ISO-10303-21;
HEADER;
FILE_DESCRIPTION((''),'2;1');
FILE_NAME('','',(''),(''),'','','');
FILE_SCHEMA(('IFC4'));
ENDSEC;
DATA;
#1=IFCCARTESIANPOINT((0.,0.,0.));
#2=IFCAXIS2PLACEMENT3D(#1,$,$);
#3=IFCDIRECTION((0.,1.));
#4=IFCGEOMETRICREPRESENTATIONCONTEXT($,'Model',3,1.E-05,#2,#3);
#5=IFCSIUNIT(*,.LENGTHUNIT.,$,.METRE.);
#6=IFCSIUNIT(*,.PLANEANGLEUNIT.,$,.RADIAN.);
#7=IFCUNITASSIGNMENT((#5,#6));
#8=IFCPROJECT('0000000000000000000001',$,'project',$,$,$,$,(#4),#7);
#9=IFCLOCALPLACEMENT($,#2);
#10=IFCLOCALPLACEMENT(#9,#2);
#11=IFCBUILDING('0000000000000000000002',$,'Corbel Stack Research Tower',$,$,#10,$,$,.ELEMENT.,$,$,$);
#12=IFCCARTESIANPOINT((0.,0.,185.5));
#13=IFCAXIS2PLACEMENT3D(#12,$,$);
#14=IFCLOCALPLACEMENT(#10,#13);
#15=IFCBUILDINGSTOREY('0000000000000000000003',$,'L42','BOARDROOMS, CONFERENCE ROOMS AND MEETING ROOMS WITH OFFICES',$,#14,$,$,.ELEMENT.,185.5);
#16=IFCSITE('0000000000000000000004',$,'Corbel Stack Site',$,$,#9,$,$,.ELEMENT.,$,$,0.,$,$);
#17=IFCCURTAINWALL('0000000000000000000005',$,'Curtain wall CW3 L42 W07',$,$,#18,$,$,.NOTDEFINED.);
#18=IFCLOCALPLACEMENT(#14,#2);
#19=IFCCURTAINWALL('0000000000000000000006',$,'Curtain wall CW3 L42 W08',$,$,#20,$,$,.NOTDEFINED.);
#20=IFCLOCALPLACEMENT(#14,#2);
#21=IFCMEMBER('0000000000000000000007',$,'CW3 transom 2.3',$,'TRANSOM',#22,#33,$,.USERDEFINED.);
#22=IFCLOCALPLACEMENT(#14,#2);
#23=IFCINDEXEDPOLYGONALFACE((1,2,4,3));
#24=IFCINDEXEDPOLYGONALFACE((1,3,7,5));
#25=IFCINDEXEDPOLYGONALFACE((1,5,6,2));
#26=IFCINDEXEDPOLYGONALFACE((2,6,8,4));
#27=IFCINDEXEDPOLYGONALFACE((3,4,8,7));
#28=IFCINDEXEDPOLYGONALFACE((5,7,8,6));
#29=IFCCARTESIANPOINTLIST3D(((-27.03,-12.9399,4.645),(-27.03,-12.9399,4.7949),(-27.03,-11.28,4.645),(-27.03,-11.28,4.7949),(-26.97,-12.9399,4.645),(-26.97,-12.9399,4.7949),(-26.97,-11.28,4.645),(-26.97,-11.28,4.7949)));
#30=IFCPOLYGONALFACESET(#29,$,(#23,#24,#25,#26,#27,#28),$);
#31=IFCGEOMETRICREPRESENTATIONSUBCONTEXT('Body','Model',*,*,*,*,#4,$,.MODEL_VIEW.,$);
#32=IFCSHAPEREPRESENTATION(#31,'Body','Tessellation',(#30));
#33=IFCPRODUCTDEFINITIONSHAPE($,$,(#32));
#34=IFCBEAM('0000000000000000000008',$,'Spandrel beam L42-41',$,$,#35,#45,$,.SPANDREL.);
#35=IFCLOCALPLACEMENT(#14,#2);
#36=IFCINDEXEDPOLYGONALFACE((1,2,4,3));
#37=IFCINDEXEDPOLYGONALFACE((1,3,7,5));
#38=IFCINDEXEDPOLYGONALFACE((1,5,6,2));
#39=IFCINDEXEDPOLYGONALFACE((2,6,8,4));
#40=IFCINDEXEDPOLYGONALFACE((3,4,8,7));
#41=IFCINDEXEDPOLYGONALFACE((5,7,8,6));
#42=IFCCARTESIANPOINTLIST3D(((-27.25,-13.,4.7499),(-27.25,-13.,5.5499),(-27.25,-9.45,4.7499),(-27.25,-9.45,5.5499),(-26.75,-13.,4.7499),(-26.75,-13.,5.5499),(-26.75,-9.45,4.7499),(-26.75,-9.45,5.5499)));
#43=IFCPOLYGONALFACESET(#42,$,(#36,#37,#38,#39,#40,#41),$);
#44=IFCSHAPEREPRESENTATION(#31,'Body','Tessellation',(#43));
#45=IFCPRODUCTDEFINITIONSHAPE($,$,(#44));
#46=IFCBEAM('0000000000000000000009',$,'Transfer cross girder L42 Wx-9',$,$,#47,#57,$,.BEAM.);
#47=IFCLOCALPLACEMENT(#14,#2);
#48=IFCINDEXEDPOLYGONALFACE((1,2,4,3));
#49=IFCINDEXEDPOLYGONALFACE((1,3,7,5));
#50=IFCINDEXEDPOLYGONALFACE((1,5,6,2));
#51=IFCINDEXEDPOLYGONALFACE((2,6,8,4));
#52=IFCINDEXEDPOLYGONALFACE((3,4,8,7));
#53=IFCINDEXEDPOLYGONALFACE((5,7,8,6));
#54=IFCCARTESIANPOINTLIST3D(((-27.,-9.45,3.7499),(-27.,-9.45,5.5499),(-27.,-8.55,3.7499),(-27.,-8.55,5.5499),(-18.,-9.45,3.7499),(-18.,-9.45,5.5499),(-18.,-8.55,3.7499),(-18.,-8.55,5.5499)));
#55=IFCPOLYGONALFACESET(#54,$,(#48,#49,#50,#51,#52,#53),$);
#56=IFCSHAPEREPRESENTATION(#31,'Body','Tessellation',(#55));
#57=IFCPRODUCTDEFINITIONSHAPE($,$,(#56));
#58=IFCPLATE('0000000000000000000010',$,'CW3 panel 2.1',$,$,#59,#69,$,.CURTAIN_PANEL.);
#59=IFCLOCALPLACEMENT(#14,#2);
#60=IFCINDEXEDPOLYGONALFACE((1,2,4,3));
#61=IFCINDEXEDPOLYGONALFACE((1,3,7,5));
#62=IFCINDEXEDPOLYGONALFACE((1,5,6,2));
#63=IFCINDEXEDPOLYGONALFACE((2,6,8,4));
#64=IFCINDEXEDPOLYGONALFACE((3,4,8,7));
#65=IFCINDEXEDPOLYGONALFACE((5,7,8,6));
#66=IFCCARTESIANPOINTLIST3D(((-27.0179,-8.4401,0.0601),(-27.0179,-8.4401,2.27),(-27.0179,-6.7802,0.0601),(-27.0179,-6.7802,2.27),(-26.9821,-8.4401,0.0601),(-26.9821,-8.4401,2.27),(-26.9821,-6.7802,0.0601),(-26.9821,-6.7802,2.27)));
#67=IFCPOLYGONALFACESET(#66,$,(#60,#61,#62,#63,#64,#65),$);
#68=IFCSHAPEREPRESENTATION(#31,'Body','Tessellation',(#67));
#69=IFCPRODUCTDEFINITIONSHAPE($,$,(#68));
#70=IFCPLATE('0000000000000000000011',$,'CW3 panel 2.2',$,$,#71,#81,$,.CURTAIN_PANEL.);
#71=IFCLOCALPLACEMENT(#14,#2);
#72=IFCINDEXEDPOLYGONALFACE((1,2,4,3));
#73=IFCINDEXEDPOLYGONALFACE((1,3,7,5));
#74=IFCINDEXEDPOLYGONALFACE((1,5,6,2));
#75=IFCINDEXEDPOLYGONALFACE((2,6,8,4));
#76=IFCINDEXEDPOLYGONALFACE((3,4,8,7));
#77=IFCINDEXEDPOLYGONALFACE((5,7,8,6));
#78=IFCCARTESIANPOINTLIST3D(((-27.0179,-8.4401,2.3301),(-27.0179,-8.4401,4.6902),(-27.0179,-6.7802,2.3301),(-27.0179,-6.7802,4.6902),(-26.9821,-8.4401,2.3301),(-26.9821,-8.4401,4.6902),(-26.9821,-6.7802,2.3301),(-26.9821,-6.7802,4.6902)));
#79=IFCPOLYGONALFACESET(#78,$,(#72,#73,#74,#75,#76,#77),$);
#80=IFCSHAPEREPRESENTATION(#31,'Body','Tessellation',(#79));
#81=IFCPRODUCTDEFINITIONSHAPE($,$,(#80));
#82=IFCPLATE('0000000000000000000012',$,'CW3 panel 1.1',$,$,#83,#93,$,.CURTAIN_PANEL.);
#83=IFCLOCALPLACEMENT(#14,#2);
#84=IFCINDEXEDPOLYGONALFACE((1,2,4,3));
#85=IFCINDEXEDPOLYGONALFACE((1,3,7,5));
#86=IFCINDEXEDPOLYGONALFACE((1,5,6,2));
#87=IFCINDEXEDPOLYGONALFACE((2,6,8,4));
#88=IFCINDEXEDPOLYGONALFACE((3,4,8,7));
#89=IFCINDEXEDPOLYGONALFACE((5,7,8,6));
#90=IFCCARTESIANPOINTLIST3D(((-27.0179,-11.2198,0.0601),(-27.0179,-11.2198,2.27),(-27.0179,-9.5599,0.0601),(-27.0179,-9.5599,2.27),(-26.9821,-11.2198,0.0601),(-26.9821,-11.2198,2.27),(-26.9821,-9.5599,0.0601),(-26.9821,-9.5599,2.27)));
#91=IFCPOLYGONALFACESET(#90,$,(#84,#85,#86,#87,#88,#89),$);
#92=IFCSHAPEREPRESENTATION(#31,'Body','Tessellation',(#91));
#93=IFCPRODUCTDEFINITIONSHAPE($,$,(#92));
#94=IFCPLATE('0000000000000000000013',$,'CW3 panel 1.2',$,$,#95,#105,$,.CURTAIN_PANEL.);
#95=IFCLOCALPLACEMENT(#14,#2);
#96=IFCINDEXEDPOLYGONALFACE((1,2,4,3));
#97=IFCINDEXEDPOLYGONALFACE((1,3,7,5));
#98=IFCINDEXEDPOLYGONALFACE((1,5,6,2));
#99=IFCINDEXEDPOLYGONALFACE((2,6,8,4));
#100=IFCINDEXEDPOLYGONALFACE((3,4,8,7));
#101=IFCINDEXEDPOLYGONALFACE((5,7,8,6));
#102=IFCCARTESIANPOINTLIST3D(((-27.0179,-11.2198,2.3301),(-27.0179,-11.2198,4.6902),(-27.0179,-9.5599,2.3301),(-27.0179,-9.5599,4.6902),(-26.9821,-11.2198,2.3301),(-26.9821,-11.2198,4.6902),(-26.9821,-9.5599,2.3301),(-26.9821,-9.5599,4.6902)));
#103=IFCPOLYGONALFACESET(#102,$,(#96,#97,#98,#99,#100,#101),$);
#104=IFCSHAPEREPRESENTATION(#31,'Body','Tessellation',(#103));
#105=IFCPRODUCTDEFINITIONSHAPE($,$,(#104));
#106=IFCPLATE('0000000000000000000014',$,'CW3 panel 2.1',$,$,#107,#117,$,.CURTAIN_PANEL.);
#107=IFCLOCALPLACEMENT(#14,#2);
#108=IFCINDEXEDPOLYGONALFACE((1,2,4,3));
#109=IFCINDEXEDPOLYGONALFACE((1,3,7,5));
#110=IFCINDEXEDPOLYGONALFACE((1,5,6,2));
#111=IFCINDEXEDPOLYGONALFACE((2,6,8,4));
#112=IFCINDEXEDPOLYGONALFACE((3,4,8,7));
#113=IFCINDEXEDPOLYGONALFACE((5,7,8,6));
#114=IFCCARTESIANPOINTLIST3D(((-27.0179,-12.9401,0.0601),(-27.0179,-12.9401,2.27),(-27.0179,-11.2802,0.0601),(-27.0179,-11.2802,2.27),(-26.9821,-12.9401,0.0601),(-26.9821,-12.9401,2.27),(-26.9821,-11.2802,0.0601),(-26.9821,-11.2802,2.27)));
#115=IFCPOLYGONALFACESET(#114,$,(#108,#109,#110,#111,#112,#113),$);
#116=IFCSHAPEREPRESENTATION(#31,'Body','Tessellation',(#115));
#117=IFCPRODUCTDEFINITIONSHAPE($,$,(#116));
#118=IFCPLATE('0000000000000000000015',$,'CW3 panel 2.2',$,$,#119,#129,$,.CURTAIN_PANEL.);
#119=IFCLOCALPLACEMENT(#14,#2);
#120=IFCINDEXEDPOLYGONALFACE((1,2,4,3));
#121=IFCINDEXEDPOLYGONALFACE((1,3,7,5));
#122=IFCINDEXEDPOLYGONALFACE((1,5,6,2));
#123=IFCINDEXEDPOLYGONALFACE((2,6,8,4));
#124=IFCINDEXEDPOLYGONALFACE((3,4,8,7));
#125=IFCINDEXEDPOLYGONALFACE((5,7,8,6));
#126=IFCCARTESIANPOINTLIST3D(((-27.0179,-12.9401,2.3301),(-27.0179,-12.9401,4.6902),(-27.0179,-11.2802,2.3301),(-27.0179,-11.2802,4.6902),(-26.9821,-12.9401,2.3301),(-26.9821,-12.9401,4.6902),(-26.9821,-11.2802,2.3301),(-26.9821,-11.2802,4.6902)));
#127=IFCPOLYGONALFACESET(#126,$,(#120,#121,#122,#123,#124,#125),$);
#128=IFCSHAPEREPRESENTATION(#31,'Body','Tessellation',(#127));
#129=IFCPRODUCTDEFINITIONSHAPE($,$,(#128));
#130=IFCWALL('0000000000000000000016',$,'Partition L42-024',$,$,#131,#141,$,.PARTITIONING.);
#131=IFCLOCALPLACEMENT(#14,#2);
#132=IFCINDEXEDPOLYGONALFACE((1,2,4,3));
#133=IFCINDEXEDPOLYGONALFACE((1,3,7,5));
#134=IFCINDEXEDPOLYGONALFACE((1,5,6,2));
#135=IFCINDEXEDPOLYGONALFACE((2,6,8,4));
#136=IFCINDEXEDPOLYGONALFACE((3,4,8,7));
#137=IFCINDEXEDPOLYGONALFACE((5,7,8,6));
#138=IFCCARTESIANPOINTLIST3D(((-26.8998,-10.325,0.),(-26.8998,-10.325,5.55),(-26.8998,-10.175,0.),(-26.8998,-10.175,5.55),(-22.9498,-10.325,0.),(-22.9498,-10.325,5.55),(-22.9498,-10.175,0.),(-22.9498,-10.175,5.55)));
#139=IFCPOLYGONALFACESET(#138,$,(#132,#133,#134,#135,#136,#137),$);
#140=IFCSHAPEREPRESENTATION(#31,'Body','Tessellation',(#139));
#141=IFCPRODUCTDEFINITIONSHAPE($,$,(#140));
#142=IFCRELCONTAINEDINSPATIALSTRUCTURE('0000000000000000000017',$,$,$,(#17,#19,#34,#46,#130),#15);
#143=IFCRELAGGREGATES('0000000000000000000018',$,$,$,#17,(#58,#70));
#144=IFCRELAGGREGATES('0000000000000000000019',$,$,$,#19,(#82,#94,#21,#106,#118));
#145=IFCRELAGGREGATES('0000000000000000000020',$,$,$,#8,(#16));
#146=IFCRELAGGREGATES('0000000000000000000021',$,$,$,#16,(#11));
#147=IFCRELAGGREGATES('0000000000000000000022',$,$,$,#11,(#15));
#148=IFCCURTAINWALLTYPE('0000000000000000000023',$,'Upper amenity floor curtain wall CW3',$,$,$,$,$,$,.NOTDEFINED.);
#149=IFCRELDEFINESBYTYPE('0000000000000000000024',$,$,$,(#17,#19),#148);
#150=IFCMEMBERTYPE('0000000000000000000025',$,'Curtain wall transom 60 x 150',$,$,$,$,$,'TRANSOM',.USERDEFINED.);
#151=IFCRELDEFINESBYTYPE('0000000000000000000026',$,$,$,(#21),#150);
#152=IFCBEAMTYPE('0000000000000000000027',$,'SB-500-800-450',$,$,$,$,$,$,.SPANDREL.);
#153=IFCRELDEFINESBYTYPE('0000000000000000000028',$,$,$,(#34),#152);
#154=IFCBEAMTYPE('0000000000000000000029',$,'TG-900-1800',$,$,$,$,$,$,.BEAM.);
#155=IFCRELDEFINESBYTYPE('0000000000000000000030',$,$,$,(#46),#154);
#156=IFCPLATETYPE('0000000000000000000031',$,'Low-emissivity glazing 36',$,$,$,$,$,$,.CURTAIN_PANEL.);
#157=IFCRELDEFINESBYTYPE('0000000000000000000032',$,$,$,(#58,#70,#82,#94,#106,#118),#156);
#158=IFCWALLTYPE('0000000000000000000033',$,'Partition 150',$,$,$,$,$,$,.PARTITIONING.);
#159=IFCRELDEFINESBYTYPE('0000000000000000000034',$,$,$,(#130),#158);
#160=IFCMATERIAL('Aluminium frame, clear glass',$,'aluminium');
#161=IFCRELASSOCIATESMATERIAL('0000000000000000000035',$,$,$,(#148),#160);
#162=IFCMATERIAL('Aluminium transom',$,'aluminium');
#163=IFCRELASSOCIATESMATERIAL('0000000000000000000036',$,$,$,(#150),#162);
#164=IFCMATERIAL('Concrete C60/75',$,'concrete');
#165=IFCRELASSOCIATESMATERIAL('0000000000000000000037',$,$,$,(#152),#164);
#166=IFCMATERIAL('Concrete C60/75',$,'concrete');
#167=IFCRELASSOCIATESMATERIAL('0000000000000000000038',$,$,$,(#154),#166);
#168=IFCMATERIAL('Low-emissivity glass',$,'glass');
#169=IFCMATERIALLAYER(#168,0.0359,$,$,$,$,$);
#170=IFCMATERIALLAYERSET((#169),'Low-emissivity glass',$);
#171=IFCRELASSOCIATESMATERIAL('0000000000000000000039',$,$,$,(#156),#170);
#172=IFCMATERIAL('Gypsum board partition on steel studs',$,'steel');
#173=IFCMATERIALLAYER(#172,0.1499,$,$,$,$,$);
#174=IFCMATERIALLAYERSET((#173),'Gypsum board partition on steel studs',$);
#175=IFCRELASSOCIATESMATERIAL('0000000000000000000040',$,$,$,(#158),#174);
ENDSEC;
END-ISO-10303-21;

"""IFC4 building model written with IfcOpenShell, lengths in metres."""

from ifc_helpers import new_model, si_unit, direction, frame, frame_2d, origin, origin_2d, place, context, subcontext, project, spatial, rectangle, extrude, material, layer, layer_set, material_profile, profile_set, type_object, element, aggregate, save


model = new_model("IFC4")

# Units and contexts
model_context = context("Model", 3, precision=1e-05, world=origin(), true_north=direction((0.0, 1.0)))
body_context = subcontext(model_context, "Body", "Model", "MODEL_VIEW")
ifc_project = project(units=[si_unit("LENGTHUNIT", "METRE"), si_unit("PLANEANGLEUNIT", "RADIAN")], contexts=[model_context])

# Site, building, storey
site_placement = place(None, origin())
site = spatial("IfcSite", under=ifc_project, at=site_placement, Name="Corbel Stack Site", CompositionType="ELEMENT", RefElevation=0.0)
building_placement = place(site_placement, origin())
building = spatial("IfcBuilding", under=site, at=building_placement, Name="Corbel Stack Research Tower", CompositionType="ELEMENT")
storey_placement = place(building_placement, frame((0.0, 0.0, 185.5)))
storey = spatial("IfcBuildingStorey", under=building, at=storey_placement, Name="L42", Description="BOARDROOMS, CONFERENCE ROOMS AND MEETING ROOMS WITH OFFICES", CompositionType="ELEMENT", Elevation=185.5)

# Curtain walls
ifc_material_1 = material(Name="Aluminium frame, clear glass", Category="aluminium")
curtain_wall_type = type_object("IfcCurtainWallType", Name="Upper amenity floor curtain wall CW3", PredefinedType="NOTDEFINED", material=ifc_material_1)
curtain_wall_1_placement = place(storey_placement, origin())
curtain_wall_1 = element("IfcCurtainWall", 1, at=curtain_wall_1_placement, inside=storey, type_object=curtain_wall_type, Name="Curtain wall CW3 L42 W07", PredefinedType="NOTDEFINED")
curtain_wall_2_placement = place(storey_placement, origin())
curtain_wall_2 = element("IfcCurtainWall", 2, at=curtain_wall_2_placement, inside=storey, type_object=curtain_wall_type, Name="Curtain wall CW3 L42 W08", PredefinedType="NOTDEFINED")

# Member
ifc_material_2 = material(Name="Aluminium transom", Category="aluminium")
ifc_material_profile_1 = material_profile(ifc_material_2, rectangle(XDim=0.0601, YDim=0.1499, at=origin_2d()), Name="Transom 60 x 150")
ifc_profile_set_1 = profile_set([ifc_material_profile_1], Name="Aluminium transom")
member_type_1 = type_object("IfcMemberType", Name="Curtain wall transom 60 x 150", ElementType="TRANSOM", PredefinedType="USERDEFINED", material=ifc_profile_set_1)
member_1_placement = place(storey_placement, frame((-27.0, -11.28, 4.72), z_axis=(0.0, -1.0, 0.0), x_axis=(1.0, 0.0, 0.0)))
member_1 = element("IfcMember", 3, at=member_1_placement, type_object=member_type_1, Name="CW3 transom 2.3", ObjectType="TRANSOM", PredefinedType="USERDEFINED", context=body_context, shape_type="SweptSolid", body=[
    extrude(rectangle(XDim=0.0601, YDim=0.1499, at=origin_2d()), origin(), (0.0, 0.0, 1.0), 1.6599),
])

# Beams
ifc_material_3 = material(Name="Concrete C60/75", Category="concrete")
ifc_material_profile_2 = material_profile(ifc_material_3, rectangle(XDim=0.5, YDim=0.8, at=origin_2d()), Name="RC 500 x 800")
ifc_profile_set_2 = profile_set([ifc_material_profile_2], Name="Concrete C60/75")
beam_type_1 = type_object("IfcBeamType", Name="SB-500-800-450", PredefinedType="SPANDREL", material=ifc_profile_set_2)
beam_1_placement = place(storey_placement, frame((-27.0, -9.45, 5.1499), z_axis=(0.0, -1.0, 0.0), x_axis=(1.0, 0.0, 0.0)))
element("IfcBeam", 4, at=beam_1_placement, inside=storey, type_object=beam_type_1, Name="Spandrel beam L42-41", PredefinedType="SPANDREL", context=body_context, shape_type="SweptSolid", body=[
    extrude(rectangle(XDim=0.5, YDim=0.8, at=origin_2d()), origin(), (0.0, 0.0, 1.0), 3.55),
])
ifc_material_4 = material(Name="Concrete C60/75", Category="concrete")
ifc_material_profile_3 = material_profile(ifc_material_4, rectangle(XDim=0.8999, YDim=1.8, at=origin_2d()), Name="RC 900 x 1800")
ifc_profile_set_3 = profile_set([ifc_material_profile_3], Name="Concrete C60/75")
beam_type_2 = type_object("IfcBeamType", Name="TG-900-1800", PredefinedType="BEAM", material=ifc_profile_set_3)
beam_2_placement = place(storey_placement, frame((-27.0, -9.0, 4.6499), z_axis=(1.0, 0.0, 0.0), x_axis=(0.0, 1.0, 0.0)))
element("IfcBeam", 5, at=beam_2_placement, inside=storey, type_object=beam_type_2, Name="Transfer cross girder L42 Wx-9", PredefinedType="BEAM", context=body_context, shape_type="SweptSolid", body=[
    extrude(rectangle(XDim=0.8999, YDim=1.8, at=origin_2d()), origin(), (0.0, 0.0, 1.0), 9.0),
])

# Plates
ifc_material_5 = material(Name="Low-emissivity glass", Category="glass")
ifc_layer_1 = layer(ifc_material_5, 0.0359)
ifc_layer_set_1 = layer_set([ifc_layer_1], Name="Low-emissivity glass")
plate_type = type_object("IfcPlateType", Name="Low-emissivity glazing 36", PredefinedType="CURTAIN_PANEL", material=ifc_layer_set_1)
plate_1_placement = place(storey_placement, frame((-27.0, -7.6101, 0.0601), z_axis=(0.0, 0.0, 1.0), x_axis=(0.0, -1.0, 0.0)))
plate_1 = element("IfcPlate", 6, at=plate_1_placement, type_object=plate_type, Name="CW3 panel 2.1", PredefinedType="CURTAIN_PANEL", context=body_context, shape_type="SweptSolid", body=[
    extrude(rectangle(XDim=1.6599, YDim=0.0359, at=origin_2d()), origin(), (0.0, 0.0, 1.0), 2.21),
])
plate_2_placement = place(storey_placement, frame((-27.0, -7.6101, 2.3301), z_axis=(0.0, 0.0, 1.0), x_axis=(0.0, -1.0, 0.0)))
plate_2 = element("IfcPlate", 7, at=plate_2_placement, type_object=plate_type, Name="CW3 panel 2.2", PredefinedType="CURTAIN_PANEL", context=body_context, shape_type="SweptSolid", body=[
    extrude(rectangle(XDim=1.6599, YDim=0.0359, at=origin_2d()), origin(), (0.0, 0.0, 1.0), 2.3601),
])
aggregate(curtain_wall_1, [plate_1, plate_2])
plate_3_placement = place(storey_placement, frame((-27.0, -10.3899, 0.0601), z_axis=(0.0, 0.0, 1.0), x_axis=(0.0, -1.0, 0.0)))
plate_3 = element("IfcPlate", 8, at=plate_3_placement, type_object=plate_type, Name="CW3 panel 1.1", PredefinedType="CURTAIN_PANEL", context=body_context, shape_type="SweptSolid", body=[
    extrude(rectangle(XDim=1.6599, YDim=0.0359, at=origin_2d()), origin(), (0.0, 0.0, 1.0), 2.21),
])
plate_4_placement = place(storey_placement, frame((-27.0, -10.3899, 2.3301), z_axis=(0.0, 0.0, 1.0), x_axis=(0.0, -1.0, 0.0)))
plate_4 = element("IfcPlate", 9, at=plate_4_placement, type_object=plate_type, Name="CW3 panel 1.2", PredefinedType="CURTAIN_PANEL", context=body_context, shape_type="SweptSolid", body=[
    extrude(rectangle(XDim=1.6599, YDim=0.0359, at=origin_2d()), origin(), (0.0, 0.0, 1.0), 2.3601),
])
plate_5_placement = place(storey_placement, frame((-27.0, -12.1101, 0.0601), z_axis=(0.0, 0.0, 1.0), x_axis=(0.0, -1.0, 0.0)))
plate_5 = element("IfcPlate", 10, at=plate_5_placement, type_object=plate_type, Name="CW3 panel 2.1", PredefinedType="CURTAIN_PANEL", context=body_context, shape_type="SweptSolid", body=[
    extrude(rectangle(XDim=1.6599, YDim=0.0359, at=origin_2d()), origin(), (0.0, 0.0, 1.0), 2.21),
])
plate_6_placement = place(storey_placement, frame((-27.0, -12.1101, 2.3301), z_axis=(0.0, 0.0, 1.0), x_axis=(0.0, -1.0, 0.0)))
plate_6 = element("IfcPlate", 11, at=plate_6_placement, type_object=plate_type, Name="CW3 panel 2.2", PredefinedType="CURTAIN_PANEL", context=body_context, shape_type="SweptSolid", body=[
    extrude(rectangle(XDim=1.6599, YDim=0.0359, at=origin_2d()), origin(), (0.0, 0.0, 1.0), 2.3601),
])
aggregate(curtain_wall_2, [plate_3, plate_4, member_1, plate_5, plate_6])

# Wall
ifc_material_6 = material(Name="Gypsum board partition on steel studs", Category="steel")
ifc_layer_2 = layer(ifc_material_6, 0.1499)
ifc_layer_set_2 = layer_set([ifc_layer_2], Name="Gypsum board partition on steel studs")
wall_type = type_object("IfcWallType", Name="Partition 150", PredefinedType="PARTITIONING", material=ifc_layer_set_2)
wall_placement = place(storey_placement, frame((-26.8999, -10.25, 0.0), z_axis=(0.0, 0.0, 1.0), x_axis=(1.0, 0.0, 0.0)))
element("IfcWall", 12, at=wall_placement, inside=storey, type_object=wall_type, Name="Partition L42-024", PredefinedType="PARTITIONING", context=body_context, shape_type="SweptSolid", body=[
    extrude(rectangle(XDim=3.95, YDim=0.1499, at=frame_2d((1.9751, 0.0))), origin(), (0.0, 0.0, 1.0), 5.55),
])

save(model, "model.ifc")
